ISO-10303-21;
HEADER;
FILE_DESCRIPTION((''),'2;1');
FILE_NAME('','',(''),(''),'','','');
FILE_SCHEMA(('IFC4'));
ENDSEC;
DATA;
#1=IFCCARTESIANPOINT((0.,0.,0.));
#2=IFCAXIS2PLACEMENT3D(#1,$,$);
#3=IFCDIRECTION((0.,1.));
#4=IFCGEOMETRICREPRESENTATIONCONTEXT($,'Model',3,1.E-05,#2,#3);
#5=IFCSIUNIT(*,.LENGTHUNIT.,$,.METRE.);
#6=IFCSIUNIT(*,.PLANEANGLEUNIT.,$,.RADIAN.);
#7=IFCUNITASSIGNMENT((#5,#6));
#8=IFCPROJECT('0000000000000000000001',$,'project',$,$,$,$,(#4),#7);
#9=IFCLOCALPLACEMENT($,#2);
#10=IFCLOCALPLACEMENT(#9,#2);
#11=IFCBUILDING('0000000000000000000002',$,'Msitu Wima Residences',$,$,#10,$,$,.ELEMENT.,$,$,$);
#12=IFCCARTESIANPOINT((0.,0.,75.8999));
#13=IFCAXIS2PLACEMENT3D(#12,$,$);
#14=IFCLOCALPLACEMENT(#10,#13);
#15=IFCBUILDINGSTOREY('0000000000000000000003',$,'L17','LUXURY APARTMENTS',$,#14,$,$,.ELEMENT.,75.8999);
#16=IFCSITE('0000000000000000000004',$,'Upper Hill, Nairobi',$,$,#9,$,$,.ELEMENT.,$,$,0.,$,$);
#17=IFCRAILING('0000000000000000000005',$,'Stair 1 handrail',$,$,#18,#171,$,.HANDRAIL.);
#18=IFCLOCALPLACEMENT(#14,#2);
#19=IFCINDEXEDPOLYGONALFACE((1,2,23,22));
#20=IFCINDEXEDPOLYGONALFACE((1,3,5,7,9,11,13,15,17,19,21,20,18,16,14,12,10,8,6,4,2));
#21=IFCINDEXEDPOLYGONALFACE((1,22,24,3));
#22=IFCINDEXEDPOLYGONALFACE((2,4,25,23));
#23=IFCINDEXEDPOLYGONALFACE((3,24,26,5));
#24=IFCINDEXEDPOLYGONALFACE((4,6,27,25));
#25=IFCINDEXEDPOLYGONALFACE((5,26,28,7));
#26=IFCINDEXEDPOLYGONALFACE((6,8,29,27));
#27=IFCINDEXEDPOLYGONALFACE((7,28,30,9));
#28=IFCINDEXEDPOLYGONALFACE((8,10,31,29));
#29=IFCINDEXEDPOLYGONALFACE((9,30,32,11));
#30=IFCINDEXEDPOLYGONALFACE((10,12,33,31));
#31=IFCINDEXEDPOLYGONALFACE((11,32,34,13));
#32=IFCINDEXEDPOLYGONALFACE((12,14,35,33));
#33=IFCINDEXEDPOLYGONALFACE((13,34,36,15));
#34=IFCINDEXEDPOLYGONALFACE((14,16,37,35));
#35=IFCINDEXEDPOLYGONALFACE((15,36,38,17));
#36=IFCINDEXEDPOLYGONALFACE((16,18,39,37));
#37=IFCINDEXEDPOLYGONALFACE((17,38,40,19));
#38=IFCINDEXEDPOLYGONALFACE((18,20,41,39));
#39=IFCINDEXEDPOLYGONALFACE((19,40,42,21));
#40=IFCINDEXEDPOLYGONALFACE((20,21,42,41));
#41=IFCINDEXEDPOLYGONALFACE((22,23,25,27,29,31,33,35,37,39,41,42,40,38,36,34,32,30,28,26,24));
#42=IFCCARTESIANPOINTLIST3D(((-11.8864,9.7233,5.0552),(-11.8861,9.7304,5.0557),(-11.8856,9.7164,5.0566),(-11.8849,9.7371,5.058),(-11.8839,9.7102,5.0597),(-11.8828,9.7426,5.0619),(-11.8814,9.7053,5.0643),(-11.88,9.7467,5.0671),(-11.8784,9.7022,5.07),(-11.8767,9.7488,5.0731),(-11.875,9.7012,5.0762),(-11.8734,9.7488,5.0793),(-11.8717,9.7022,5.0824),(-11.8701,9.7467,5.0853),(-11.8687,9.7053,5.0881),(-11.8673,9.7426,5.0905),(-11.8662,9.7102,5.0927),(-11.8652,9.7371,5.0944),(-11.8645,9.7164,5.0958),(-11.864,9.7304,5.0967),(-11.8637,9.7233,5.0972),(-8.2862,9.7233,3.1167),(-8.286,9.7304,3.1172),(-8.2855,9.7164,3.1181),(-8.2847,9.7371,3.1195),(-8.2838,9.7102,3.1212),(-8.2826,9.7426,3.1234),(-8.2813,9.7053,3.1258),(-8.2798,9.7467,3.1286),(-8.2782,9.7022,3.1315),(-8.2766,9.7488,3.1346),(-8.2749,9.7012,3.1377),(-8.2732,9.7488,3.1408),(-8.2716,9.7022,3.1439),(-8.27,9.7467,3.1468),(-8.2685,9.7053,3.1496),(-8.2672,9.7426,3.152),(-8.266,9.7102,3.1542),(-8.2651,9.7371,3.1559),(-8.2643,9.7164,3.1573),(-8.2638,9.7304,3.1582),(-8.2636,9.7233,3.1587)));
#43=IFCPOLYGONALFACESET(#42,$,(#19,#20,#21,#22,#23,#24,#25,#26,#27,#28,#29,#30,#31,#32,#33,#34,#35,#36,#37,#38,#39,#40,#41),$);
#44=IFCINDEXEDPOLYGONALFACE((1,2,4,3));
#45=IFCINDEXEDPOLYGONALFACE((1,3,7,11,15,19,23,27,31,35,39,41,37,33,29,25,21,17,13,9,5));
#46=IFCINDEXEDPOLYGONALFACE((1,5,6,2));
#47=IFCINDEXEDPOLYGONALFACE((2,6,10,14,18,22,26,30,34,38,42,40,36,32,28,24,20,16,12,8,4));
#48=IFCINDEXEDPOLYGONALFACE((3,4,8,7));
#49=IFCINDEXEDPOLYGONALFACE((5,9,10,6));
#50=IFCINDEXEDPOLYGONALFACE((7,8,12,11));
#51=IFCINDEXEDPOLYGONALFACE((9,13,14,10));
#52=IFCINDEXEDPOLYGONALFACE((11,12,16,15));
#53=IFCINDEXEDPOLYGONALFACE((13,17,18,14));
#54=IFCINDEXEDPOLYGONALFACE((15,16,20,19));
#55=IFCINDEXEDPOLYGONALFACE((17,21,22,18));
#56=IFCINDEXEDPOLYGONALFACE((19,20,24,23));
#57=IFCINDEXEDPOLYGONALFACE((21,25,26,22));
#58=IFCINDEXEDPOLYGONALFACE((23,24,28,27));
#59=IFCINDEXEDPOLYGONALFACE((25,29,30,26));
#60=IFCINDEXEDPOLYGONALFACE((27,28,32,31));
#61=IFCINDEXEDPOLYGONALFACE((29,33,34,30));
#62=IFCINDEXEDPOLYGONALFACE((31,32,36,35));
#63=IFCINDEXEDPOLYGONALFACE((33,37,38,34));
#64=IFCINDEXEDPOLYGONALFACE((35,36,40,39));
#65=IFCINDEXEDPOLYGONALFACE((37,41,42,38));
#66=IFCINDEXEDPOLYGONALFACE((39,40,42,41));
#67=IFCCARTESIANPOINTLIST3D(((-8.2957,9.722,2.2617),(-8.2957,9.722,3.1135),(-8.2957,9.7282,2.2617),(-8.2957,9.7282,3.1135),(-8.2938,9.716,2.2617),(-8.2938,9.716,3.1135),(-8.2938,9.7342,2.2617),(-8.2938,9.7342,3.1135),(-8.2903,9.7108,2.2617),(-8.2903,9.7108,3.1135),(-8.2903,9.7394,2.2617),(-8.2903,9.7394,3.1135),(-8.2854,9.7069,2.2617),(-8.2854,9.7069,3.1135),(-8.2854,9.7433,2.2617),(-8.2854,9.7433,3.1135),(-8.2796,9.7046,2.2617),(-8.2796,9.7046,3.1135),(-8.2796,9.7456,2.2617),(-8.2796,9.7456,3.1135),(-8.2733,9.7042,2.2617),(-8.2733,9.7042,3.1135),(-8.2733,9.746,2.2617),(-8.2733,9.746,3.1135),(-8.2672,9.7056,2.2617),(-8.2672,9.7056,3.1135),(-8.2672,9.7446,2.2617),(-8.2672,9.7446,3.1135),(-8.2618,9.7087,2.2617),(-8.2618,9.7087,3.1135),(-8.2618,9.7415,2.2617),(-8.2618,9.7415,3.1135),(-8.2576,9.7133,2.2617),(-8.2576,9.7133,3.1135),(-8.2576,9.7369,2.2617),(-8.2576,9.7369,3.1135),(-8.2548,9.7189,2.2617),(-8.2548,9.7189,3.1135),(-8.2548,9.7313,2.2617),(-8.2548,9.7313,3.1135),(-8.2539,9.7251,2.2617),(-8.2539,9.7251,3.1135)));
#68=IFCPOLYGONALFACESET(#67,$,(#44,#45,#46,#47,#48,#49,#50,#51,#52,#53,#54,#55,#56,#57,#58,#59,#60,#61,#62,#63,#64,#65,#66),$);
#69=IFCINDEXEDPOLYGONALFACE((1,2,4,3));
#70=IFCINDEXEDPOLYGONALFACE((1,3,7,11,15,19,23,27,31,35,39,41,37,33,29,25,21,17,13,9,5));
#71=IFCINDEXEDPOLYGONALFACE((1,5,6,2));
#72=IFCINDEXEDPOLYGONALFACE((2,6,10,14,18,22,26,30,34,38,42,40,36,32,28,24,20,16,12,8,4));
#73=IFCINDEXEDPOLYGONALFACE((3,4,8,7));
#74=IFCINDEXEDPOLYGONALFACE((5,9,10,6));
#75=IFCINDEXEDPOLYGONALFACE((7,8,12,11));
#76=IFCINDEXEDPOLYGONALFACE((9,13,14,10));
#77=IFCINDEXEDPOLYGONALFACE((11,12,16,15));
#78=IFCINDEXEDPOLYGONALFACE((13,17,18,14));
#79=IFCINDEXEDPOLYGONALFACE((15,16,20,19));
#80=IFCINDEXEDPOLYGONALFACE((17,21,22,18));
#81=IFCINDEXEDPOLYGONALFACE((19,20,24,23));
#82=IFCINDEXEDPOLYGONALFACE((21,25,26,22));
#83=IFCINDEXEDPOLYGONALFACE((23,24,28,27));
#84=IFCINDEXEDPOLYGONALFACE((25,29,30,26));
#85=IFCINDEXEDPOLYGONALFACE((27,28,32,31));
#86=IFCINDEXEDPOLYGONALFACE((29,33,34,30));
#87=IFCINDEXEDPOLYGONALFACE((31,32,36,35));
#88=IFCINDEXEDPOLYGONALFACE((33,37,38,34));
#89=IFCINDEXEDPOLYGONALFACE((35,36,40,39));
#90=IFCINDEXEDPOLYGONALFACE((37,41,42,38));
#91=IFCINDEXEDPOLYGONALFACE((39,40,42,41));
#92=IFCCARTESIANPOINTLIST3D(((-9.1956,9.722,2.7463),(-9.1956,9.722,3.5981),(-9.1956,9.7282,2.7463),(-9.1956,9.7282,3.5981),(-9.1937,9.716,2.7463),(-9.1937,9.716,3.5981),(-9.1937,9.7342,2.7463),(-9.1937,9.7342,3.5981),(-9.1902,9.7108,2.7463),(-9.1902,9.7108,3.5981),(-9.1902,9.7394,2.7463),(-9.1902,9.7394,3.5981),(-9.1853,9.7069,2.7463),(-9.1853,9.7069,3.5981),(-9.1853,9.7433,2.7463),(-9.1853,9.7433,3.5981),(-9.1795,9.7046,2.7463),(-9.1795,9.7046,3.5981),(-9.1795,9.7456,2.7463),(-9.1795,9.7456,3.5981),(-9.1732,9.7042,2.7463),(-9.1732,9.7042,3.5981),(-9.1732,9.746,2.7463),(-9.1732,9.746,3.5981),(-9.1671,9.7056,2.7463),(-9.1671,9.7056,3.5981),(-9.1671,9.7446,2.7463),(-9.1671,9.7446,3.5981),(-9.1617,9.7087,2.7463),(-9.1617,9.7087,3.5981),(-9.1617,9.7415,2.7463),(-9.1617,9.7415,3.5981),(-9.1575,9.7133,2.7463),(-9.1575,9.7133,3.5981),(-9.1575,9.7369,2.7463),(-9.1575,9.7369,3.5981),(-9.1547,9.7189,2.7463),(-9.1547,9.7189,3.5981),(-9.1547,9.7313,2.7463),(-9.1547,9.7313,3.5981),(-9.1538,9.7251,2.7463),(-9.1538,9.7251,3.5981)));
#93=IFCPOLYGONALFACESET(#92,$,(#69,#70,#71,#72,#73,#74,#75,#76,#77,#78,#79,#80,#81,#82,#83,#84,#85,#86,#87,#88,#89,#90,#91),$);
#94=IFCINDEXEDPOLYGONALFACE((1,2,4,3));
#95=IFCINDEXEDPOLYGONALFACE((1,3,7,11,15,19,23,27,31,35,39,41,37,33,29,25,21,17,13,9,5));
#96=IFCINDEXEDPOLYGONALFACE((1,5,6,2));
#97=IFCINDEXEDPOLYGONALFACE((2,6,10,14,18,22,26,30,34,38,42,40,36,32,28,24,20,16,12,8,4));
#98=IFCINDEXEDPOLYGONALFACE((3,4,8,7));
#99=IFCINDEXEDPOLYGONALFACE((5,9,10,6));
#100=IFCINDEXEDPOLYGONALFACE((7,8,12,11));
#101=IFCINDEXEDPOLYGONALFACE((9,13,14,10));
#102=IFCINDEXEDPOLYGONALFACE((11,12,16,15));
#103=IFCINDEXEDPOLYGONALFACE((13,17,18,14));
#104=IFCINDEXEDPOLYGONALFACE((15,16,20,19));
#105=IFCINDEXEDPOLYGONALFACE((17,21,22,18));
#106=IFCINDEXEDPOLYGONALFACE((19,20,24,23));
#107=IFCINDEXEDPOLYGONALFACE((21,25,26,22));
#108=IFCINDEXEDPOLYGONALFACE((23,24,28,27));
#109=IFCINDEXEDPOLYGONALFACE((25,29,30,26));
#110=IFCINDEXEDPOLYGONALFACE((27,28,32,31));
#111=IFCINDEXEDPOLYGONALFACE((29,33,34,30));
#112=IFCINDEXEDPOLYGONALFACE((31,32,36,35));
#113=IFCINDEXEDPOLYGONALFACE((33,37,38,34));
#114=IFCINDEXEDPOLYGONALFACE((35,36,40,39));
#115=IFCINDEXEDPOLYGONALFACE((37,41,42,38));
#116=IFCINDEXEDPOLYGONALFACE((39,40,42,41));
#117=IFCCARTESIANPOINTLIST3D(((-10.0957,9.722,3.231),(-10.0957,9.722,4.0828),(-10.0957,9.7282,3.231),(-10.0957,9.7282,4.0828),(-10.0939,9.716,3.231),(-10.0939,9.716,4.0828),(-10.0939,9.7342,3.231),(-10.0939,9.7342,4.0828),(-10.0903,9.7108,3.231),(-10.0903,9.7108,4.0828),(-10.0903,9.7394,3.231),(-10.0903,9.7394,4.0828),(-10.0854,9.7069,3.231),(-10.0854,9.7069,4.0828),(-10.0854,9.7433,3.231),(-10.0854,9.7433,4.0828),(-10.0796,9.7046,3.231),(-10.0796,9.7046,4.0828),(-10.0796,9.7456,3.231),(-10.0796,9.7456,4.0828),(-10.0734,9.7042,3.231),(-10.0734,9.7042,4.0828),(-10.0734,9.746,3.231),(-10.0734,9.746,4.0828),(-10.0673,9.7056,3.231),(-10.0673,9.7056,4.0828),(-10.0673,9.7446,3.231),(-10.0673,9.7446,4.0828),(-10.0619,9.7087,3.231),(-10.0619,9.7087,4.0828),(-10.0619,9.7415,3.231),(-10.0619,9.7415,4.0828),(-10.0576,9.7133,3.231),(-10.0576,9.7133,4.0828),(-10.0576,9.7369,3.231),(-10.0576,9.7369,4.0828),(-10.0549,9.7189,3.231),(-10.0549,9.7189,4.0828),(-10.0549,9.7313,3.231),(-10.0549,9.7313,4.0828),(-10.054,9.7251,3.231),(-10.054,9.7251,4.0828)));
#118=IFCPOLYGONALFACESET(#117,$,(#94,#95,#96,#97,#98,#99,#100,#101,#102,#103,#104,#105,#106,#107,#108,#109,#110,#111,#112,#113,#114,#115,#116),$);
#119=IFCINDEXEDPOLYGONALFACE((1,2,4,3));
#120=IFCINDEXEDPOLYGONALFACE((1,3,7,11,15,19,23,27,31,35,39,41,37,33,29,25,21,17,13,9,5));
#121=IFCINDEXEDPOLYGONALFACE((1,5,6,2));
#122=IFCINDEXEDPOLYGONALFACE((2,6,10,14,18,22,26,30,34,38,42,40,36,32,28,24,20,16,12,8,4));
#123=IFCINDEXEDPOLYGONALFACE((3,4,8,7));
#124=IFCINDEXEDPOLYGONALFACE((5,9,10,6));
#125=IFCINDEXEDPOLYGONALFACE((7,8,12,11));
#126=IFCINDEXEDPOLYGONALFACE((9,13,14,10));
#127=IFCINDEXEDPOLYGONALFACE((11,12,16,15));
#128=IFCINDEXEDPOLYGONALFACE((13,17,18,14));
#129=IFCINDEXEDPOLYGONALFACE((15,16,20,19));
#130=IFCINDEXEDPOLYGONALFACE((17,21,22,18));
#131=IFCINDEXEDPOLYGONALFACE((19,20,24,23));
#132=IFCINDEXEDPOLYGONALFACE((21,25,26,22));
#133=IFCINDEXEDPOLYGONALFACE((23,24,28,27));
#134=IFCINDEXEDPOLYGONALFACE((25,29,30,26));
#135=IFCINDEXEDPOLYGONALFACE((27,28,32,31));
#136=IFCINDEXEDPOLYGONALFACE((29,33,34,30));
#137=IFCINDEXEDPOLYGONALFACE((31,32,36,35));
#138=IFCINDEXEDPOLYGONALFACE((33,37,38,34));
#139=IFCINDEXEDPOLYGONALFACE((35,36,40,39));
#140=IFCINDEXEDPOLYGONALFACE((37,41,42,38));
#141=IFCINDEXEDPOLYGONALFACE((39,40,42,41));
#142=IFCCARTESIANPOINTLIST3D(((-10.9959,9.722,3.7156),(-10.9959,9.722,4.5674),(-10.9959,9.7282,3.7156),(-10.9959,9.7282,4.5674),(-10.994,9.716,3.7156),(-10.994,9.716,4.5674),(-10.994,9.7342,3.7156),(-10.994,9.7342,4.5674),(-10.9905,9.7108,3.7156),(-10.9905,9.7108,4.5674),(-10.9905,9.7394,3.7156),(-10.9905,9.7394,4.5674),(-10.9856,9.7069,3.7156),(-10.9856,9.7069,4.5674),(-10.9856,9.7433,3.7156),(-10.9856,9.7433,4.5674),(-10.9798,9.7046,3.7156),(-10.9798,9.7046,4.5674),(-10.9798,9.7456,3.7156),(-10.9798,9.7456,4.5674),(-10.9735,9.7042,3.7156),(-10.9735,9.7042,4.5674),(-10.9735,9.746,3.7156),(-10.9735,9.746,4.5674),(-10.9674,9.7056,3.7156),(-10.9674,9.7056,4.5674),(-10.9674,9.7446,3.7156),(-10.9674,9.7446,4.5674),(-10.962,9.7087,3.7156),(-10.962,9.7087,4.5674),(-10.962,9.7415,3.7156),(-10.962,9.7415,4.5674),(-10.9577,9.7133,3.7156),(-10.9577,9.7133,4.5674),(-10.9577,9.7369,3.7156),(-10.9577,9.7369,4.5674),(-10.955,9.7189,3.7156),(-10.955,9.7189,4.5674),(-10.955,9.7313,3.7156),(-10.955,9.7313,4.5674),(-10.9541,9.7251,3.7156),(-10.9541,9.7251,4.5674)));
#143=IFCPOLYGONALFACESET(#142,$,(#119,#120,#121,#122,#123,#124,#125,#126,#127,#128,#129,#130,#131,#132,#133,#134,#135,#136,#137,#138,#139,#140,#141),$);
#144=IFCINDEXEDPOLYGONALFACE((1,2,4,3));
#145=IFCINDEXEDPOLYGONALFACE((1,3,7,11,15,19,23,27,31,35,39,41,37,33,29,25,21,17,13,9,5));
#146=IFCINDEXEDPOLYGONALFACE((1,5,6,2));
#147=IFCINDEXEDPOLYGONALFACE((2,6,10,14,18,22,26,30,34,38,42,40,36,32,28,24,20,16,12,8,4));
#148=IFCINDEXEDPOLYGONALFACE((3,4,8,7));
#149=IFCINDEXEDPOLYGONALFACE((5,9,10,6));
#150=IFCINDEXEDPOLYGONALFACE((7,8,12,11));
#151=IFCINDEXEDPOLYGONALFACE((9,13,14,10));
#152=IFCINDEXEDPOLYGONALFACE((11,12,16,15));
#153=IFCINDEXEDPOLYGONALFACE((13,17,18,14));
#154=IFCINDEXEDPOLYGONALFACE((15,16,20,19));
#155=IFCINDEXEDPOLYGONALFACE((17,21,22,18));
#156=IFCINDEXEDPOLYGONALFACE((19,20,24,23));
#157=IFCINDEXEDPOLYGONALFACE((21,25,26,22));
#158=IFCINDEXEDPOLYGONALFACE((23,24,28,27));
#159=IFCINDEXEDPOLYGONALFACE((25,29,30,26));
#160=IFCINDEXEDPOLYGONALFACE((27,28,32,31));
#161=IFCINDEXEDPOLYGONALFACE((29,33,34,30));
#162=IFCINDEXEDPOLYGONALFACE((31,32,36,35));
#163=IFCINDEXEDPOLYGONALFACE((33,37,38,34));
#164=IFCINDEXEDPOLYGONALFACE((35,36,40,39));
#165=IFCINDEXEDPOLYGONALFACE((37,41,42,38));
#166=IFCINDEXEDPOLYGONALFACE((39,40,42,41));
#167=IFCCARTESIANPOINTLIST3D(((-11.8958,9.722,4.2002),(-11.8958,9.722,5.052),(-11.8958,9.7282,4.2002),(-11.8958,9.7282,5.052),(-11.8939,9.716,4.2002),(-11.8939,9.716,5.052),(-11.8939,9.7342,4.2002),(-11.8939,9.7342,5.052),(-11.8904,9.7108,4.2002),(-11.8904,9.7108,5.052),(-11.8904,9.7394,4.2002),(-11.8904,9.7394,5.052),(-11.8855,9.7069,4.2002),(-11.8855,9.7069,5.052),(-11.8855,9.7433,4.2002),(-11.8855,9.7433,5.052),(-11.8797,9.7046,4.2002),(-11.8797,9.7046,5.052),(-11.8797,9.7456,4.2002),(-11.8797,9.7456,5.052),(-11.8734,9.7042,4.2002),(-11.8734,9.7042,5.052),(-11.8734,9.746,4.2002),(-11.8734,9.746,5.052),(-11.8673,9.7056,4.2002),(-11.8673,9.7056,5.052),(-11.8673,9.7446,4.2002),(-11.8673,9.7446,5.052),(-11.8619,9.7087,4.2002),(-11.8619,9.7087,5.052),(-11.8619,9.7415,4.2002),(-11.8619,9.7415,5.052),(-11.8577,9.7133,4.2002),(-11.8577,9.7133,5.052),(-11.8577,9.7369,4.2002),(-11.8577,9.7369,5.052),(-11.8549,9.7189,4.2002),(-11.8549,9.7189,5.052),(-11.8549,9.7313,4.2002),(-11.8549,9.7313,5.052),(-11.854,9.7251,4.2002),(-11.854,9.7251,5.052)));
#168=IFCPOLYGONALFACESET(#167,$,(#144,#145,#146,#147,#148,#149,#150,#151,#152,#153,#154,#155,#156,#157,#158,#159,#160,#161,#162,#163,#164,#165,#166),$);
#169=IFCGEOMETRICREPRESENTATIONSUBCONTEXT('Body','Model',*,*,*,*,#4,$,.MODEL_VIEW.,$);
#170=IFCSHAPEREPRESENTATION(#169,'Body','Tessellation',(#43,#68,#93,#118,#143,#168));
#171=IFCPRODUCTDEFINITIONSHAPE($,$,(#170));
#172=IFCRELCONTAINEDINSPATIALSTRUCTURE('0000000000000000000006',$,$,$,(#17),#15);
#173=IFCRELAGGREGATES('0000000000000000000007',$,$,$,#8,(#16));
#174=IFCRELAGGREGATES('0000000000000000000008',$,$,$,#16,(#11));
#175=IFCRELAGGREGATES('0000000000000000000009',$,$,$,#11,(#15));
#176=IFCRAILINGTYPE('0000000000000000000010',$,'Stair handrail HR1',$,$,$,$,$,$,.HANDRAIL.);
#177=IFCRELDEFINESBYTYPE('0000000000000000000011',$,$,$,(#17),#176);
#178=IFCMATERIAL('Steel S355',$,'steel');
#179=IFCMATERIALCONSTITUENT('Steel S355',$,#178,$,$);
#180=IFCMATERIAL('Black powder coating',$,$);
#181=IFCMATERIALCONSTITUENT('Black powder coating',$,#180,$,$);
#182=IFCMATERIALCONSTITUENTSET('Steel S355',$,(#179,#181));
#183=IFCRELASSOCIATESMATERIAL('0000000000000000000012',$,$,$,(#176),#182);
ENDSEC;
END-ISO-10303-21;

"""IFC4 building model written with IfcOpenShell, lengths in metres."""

from ifc_helpers import new_model, si_unit, direction, frame, origin, origin_2d, place, context, subcontext, project, spatial, circle, extrude, material, constituent, constituent_set, type_object, element, save


model = new_model("IFC4")

# Units and contexts
model_context = context("Model", 3, precision=1e-05, world=origin(), true_north=direction((0.0, 1.0)))
body_context = subcontext(model_context, "Body", "Model", "MODEL_VIEW")
ifc_project = project(units=[si_unit("LENGTHUNIT", "METRE"), si_unit("PLANEANGLEUNIT", "RADIAN")], contexts=[model_context])

# Site, building, storey
site_placement = place(None, origin())
site = spatial("IfcSite", under=ifc_project, at=site_placement, Name="Upper Hill, Nairobi", CompositionType="ELEMENT", RefElevation=0.0)
building_placement = place(site_placement, origin())
building = spatial("IfcBuilding", under=site, at=building_placement, Name="Msitu Wima Residences", CompositionType="ELEMENT")
storey_placement = place(building_placement, frame((0.0, 0.0, 75.8999)))
storey = spatial("IfcBuildingStorey", under=building, at=storey_placement, Name="L17", Description="LUXURY APARTMENTS", CompositionType="ELEMENT", Elevation=75.8999)

# Railing
ifc_material_1 = material(Name="Steel S355", Category="steel")
ifc_constituent_1 = constituent(ifc_material_1, Name="Steel S355")
ifc_material_2 = material(Name="Black powder coating")
ifc_constituent_2 = constituent(ifc_material_2, Name="Black powder coating")
ifc_constituent_set = constituent_set(constituents=[ifc_constituent_1, ifc_constituent_2], Name="Steel S355")
railing_type = type_object("IfcRailingType", Name="Stair handrail HR1", PredefinedType="HANDRAIL", material=ifc_constituent_set)
for number, where, name in (
    (1, (-8.2749, 9.7251, 2.2617), "Stair 1 handrail"),
):
    element("IfcRailing", number, at=place(storey_placement, frame(where)), inside=storey, type_object=railing_type, Name=name, PredefinedType="HANDRAIL", context=body_context, shape_type="SweptSolid", body=[
        extrude(circle(Radius=0.0239, at=origin_2d()), frame((0.0, 0.0, 0.876), z_axis=(-0.880475, 0.0, 0.474093), x_axis=(0.0, -1.0, 0.0)), (0.0, 0.0, 1.0), 4.0889),
        extrude(circle(Radius=0.021, at=origin_2d()), origin(), (0.0, 0.0, 1.0), 0.8518),
        extrude(circle(Radius=0.021, at=origin_2d()), frame((-0.8999, 0.0, 0.4846)), (0.0, 0.0, 1.0), 0.8518),
        extrude(circle(Radius=0.021, at=origin_2d()), frame((-1.8, 0.0, 0.9692)), (0.0, 0.0, 1.0), 0.8518),
        extrude(circle(Radius=0.021, at=origin_2d()), frame((-2.7002, 0.0, 1.4539)), (0.0, 0.0, 1.0), 0.8518),
        extrude(circle(Radius=0.021, at=origin_2d()), frame((-3.6001, 0.0, 1.9385)), (0.0, 0.0, 1.0), 0.8518),
    ])

save(model, "model.ifc")
